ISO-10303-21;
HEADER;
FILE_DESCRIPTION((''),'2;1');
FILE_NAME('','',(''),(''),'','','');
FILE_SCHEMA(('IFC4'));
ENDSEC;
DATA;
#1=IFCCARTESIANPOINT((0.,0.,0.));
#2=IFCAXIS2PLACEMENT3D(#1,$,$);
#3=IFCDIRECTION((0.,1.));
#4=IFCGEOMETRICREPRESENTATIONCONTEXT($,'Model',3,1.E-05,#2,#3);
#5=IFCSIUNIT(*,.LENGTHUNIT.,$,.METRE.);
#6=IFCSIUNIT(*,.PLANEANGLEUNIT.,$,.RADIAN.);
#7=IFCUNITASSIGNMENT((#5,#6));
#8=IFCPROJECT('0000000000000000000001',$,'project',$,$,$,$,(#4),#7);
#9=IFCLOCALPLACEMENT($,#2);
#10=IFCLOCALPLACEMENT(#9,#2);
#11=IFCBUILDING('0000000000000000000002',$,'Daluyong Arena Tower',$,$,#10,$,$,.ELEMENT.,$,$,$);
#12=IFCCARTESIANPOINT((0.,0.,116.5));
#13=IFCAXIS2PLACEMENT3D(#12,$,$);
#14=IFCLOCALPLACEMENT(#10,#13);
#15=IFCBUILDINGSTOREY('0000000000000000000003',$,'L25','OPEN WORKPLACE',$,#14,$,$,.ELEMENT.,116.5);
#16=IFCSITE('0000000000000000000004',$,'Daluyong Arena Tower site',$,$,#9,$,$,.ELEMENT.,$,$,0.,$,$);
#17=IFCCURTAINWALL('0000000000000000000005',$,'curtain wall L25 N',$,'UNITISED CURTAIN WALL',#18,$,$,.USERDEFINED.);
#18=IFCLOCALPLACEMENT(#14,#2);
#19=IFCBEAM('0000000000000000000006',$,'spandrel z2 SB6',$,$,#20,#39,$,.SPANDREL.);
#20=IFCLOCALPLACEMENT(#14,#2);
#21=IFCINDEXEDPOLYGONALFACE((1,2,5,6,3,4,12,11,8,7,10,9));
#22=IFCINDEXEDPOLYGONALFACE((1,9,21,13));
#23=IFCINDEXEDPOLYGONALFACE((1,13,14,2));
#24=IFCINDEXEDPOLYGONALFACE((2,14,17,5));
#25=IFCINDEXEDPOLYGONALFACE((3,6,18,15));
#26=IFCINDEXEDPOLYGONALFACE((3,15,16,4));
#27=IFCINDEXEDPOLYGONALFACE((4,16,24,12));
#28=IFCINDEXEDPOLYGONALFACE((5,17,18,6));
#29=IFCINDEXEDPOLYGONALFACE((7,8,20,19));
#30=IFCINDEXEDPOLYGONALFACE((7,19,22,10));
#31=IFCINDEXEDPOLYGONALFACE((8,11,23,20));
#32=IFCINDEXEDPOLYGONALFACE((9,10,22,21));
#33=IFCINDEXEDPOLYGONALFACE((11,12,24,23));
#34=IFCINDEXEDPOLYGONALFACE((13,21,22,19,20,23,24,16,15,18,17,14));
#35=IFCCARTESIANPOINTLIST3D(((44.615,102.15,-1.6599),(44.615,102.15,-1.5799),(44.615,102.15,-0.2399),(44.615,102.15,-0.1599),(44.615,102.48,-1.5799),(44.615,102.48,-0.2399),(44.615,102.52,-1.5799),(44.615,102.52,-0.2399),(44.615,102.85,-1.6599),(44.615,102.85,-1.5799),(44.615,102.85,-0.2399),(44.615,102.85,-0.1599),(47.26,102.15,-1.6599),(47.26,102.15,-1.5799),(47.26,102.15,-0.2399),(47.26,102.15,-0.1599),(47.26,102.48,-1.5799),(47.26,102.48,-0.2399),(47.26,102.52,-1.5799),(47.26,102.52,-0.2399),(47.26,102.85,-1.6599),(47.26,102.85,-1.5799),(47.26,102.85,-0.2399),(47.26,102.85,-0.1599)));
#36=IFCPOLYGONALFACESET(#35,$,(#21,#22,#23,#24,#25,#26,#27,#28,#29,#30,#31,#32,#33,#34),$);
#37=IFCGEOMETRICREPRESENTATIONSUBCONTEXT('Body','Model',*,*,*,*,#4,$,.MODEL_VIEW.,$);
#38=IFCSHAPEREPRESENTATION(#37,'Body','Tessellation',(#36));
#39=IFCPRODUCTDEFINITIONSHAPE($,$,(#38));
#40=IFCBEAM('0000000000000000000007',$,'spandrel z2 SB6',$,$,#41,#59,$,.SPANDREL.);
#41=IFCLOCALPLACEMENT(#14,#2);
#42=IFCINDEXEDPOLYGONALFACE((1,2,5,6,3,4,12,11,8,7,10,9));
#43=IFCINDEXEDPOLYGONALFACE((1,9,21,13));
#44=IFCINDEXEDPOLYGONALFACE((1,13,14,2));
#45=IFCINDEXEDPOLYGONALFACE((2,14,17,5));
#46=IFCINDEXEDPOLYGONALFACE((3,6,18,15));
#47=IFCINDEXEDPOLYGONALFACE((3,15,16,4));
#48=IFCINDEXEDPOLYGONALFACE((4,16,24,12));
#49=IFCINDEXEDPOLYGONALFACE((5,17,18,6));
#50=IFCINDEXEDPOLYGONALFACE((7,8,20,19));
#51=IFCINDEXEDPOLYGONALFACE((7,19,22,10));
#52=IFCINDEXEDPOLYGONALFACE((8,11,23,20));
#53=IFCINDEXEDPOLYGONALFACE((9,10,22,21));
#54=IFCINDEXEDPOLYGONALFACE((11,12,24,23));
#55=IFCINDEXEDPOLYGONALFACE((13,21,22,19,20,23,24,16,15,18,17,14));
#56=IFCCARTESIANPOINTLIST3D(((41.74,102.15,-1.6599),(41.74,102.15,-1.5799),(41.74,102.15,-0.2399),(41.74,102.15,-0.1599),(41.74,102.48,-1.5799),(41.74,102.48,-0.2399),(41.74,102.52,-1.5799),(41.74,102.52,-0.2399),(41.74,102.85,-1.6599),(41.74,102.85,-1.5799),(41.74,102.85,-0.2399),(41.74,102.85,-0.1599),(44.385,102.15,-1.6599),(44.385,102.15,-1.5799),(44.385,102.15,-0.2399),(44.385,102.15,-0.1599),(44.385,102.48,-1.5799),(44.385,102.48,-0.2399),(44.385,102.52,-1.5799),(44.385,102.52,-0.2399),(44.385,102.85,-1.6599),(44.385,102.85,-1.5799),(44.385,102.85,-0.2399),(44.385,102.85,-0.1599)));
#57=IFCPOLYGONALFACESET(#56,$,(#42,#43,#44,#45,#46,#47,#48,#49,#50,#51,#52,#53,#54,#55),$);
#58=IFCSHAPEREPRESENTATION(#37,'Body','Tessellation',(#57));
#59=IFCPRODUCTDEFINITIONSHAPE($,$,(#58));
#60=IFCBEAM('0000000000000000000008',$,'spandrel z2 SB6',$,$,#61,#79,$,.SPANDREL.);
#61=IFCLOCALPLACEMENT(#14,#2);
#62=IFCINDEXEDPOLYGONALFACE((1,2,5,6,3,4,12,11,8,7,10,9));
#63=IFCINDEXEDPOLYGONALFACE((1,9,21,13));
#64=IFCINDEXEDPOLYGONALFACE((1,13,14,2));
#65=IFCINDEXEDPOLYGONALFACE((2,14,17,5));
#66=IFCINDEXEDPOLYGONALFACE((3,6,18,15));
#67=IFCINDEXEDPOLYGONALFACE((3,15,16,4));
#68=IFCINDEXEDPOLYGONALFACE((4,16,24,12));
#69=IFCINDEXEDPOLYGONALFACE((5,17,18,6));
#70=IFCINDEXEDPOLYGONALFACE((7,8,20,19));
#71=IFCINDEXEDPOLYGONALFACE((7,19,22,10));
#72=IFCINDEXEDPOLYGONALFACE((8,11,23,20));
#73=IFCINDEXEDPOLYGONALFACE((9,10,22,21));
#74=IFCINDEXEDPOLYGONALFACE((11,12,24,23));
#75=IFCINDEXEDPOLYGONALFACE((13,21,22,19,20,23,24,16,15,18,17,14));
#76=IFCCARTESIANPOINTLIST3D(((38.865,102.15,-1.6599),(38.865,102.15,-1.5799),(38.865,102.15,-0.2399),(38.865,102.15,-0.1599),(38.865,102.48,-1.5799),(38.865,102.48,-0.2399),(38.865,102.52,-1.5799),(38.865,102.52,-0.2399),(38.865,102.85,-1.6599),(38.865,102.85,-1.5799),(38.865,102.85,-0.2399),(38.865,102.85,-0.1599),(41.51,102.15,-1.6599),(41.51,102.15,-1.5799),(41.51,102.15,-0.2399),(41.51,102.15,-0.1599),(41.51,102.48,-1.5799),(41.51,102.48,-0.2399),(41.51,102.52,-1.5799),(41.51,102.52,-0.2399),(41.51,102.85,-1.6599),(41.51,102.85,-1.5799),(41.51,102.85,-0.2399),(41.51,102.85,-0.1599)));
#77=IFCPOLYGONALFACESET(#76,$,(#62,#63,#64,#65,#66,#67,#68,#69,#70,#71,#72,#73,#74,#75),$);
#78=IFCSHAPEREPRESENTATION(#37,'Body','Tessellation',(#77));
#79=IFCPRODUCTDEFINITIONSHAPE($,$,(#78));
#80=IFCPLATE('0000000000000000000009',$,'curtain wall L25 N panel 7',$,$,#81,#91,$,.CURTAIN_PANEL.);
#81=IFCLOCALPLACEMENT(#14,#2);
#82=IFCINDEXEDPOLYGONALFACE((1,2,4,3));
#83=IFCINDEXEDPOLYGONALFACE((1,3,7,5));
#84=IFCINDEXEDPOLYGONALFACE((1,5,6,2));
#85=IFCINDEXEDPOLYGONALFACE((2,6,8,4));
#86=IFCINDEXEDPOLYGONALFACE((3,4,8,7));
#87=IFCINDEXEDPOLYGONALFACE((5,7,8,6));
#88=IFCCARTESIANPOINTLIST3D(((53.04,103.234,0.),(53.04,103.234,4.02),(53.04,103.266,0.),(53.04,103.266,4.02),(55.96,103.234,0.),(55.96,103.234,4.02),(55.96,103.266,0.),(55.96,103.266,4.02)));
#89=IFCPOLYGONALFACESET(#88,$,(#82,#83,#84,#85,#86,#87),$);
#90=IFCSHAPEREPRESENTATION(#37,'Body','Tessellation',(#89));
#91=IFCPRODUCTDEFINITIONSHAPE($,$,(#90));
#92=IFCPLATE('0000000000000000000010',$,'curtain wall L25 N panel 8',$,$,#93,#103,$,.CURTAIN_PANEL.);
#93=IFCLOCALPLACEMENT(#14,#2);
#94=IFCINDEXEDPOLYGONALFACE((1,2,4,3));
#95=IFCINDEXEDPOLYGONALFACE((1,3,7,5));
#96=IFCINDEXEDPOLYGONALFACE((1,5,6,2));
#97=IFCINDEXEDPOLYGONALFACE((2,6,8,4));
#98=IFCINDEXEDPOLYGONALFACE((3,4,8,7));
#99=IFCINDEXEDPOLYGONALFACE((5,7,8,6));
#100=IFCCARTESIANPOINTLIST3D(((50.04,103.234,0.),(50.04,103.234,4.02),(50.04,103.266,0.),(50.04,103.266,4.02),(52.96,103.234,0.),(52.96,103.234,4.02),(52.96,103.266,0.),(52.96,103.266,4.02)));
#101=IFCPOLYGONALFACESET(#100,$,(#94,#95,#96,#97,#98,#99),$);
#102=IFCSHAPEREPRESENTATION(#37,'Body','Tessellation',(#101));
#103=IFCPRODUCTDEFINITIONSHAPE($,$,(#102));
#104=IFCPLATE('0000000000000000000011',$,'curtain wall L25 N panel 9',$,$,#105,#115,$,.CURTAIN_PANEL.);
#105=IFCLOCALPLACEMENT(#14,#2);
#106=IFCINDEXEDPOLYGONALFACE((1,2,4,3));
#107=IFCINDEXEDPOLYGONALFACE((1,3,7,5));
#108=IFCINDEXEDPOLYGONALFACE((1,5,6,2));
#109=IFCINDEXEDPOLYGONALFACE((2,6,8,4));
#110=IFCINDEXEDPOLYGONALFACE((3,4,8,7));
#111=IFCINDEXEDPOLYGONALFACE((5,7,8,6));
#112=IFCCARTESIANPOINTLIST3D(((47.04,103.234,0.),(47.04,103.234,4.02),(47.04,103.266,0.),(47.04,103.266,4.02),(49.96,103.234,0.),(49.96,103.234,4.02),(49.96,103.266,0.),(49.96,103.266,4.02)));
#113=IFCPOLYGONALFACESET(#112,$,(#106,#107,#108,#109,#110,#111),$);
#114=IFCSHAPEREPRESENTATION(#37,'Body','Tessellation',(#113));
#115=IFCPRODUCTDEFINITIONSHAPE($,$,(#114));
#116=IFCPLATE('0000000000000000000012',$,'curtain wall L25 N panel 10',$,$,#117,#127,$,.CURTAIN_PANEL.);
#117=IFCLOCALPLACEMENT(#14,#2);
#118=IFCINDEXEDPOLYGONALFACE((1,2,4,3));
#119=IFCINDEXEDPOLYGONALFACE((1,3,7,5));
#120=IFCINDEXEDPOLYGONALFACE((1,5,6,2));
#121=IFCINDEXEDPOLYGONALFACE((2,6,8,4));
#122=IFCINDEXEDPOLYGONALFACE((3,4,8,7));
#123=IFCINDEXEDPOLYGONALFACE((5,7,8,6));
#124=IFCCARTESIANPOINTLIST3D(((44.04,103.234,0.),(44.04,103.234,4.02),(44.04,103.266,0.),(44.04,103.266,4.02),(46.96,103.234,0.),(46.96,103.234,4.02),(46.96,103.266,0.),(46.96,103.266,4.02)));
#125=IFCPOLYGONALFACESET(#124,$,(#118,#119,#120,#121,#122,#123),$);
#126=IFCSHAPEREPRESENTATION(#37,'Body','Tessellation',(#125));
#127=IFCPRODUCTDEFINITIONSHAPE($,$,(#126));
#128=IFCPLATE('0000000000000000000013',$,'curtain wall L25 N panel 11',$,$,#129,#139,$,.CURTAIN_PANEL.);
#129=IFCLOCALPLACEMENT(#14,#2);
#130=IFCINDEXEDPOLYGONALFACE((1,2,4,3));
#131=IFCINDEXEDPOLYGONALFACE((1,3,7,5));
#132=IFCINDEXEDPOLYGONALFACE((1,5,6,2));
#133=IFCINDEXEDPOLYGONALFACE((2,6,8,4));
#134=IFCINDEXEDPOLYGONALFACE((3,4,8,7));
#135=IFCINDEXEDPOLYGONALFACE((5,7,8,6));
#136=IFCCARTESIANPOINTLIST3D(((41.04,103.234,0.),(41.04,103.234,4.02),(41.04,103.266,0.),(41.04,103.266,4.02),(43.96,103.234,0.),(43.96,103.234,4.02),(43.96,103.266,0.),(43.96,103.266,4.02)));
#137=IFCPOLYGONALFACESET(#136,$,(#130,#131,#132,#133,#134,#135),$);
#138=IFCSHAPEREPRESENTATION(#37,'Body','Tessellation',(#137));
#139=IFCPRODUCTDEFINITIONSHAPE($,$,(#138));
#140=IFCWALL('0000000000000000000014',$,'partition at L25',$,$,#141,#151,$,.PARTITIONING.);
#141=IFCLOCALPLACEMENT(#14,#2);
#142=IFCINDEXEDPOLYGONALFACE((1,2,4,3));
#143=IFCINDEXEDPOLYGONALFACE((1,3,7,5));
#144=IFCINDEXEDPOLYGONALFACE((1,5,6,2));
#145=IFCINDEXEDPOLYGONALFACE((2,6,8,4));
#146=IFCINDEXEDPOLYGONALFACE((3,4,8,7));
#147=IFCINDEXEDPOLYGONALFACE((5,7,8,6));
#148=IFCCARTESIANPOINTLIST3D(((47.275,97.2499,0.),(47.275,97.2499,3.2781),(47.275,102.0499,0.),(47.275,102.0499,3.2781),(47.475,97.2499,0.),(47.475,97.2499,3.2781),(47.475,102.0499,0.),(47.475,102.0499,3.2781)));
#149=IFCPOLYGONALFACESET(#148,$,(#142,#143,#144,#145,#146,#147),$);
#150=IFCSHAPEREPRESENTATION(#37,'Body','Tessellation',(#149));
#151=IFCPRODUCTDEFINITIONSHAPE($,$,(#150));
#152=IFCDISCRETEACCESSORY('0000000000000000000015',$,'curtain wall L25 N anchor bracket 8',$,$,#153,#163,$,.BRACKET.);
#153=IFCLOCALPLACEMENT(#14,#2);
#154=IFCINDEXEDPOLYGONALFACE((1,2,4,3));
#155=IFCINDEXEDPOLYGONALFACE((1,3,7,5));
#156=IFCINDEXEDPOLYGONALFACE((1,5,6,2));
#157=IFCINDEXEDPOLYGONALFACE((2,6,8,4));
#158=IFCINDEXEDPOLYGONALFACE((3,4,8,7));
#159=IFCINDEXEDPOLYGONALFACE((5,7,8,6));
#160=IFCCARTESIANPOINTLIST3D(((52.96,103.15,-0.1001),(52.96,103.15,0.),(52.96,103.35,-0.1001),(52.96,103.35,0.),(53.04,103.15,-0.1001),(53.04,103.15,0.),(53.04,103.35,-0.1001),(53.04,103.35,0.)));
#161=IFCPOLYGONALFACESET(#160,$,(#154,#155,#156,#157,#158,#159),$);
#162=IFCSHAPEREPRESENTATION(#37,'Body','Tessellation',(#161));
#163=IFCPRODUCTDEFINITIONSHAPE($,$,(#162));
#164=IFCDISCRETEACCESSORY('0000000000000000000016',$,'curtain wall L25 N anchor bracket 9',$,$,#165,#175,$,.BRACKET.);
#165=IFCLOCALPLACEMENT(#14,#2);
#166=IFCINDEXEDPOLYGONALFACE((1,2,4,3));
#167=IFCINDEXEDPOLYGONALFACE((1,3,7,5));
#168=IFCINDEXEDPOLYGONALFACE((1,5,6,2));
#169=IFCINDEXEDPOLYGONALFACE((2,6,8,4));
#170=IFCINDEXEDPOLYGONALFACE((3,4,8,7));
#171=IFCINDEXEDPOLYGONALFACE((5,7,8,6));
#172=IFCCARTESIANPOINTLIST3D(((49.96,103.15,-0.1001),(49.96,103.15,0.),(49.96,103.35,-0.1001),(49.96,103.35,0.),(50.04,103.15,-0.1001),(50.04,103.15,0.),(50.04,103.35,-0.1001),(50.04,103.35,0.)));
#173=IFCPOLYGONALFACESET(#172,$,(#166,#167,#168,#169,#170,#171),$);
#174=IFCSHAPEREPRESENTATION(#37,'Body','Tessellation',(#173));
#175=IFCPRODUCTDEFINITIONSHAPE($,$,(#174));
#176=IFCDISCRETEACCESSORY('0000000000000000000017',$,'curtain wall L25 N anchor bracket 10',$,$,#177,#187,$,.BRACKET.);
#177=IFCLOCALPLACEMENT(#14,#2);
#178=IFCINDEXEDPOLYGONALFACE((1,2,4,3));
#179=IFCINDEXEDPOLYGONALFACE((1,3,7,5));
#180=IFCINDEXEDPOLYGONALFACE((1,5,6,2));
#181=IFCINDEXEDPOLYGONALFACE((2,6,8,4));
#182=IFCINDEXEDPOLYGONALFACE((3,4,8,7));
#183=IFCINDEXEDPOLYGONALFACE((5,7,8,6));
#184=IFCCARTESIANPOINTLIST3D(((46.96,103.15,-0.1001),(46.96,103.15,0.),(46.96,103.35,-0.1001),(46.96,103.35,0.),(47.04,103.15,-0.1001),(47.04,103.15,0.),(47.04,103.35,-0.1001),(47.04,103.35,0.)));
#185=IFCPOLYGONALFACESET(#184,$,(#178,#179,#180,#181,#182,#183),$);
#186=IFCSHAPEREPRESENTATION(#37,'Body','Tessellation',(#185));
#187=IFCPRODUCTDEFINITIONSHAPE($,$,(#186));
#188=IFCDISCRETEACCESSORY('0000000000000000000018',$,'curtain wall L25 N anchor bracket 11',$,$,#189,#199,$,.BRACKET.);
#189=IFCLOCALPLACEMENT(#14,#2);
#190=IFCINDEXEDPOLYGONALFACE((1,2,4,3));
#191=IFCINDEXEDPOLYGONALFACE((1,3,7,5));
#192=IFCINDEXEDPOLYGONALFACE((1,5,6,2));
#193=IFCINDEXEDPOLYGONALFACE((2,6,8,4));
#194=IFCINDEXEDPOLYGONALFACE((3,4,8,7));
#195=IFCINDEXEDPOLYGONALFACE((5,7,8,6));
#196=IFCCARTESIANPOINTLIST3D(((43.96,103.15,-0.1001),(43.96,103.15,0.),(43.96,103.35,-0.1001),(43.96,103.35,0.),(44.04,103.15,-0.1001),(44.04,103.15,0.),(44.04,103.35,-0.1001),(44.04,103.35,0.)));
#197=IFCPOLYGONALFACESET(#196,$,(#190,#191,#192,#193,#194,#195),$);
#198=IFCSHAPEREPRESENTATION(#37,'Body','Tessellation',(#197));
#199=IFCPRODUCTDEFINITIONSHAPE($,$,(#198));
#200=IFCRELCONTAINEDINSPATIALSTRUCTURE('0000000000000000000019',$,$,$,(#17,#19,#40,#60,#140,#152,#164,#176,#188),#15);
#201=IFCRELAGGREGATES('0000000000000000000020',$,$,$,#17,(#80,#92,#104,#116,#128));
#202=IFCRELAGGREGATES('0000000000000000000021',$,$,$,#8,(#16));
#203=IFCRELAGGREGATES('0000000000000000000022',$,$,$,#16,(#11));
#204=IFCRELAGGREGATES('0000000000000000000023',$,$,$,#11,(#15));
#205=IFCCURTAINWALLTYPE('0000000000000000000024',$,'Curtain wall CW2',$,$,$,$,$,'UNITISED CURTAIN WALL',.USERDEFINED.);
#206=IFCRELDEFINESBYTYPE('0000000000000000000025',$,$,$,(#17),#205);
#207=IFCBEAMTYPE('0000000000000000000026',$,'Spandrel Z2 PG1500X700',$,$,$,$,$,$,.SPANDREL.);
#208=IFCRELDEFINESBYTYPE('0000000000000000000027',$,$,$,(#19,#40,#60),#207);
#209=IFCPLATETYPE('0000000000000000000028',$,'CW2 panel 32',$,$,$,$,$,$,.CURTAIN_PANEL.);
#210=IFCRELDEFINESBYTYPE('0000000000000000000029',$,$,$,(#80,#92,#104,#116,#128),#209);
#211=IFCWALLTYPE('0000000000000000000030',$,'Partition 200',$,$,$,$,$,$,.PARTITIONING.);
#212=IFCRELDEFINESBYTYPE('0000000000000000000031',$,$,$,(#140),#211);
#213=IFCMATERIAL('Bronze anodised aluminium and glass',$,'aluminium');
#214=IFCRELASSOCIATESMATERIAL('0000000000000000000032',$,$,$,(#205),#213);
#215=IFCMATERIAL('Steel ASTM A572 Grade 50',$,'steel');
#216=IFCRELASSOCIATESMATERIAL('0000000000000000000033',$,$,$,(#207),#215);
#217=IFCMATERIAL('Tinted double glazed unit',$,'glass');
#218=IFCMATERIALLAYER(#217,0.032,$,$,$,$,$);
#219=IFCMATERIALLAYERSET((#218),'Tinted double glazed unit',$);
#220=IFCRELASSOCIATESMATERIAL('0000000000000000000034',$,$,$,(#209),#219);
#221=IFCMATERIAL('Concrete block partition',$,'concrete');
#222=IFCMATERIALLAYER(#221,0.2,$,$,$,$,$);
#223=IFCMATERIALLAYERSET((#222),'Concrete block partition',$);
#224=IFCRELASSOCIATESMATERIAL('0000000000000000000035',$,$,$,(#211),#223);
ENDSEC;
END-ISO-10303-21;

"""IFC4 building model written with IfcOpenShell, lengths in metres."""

from ifc_helpers import new_model, si_unit, direction, frame, frame_2d, origin, origin_2d, place, context, subcontext, project, spatial, rectangle, i_section, extrude, material, layer, layer_set, material_profile, profile_set, type_object, element, aggregate, save


model = new_model("IFC4")

# Units and contexts
model_context = context("Model", 3, precision=1e-05, world=origin(), true_north=direction((0.0, 1.0)))
body_context = subcontext(model_context, "Body", "Model", "MODEL_VIEW")
ifc_project = project(units=[si_unit("LENGTHUNIT", "METRE"), si_unit("PLANEANGLEUNIT", "RADIAN")], contexts=[model_context])

# Site, building, storey
site_placement = place(None, origin())
site = spatial("IfcSite", under=ifc_project, at=site_placement, Name="Daluyong Arena Tower site", CompositionType="ELEMENT", RefElevation=0.0)
building_placement = place(site_placement, origin())
building = spatial("IfcBuilding", under=site, at=building_placement, Name="Daluyong Arena Tower", CompositionType="ELEMENT")
storey_placement = place(building_placement, frame((0.0, 0.0, 116.5)))
storey = spatial("IfcBuildingStorey", under=building, at=storey_placement, Name="L25", Description="OPEN WORKPLACE", CompositionType="ELEMENT", Elevation=116.5)

# Curtain wall
ifc_material_1 = material(Name="Bronze anodised aluminium and glass", Category="aluminium")
curtain_wall_type = type_object("IfcCurtainWallType", Name="Curtain wall CW2", ElementType="UNITISED CURTAIN WALL", PredefinedType="USERDEFINED", material=ifc_material_1)
curtain_wall_placement = place(storey_placement, origin())
curtain_wall = element("IfcCurtainWall", 1, at=curtain_wall_placement, inside=storey, type_object=curtain_wall_type, Name="curtain wall L25 N", ObjectType="UNITISED CURTAIN WALL", PredefinedType="USERDEFINED")

# Beams
ifc_material_2 = material(Name="Steel ASTM A572 Grade 50", Category="steel")
ifc_material_profile_1 = material_profile(ifc_material_2, i_section(OverallWidth=0.7, OverallDepth=1.5, WebThickness=0.04, FlangeThickness=0.08, at=origin_2d()))
ifc_profile_set_1 = profile_set([ifc_material_profile_1], Name="Steel ASTM A572 Grade 50")
beam_type_1 = type_object("IfcBeamType", Name="Spandrel Z2 PG1500X700", PredefinedType="SPANDREL", material=ifc_profile_set_1)
for number, where, z_axis, x_axis, name in (
    (2, (47.26, 102.5, -0.9099), (-1.0, 0.0, 0.0), (0.0, -1.0, 0.0), "spandrel z2 SB6"),
    (3, (44.385, 102.5, -0.9099), (-1.0, 0.0, 0.0), (0.0, -1.0, 0.0), "spandrel z2 SB6"),
    (4, (41.51, 102.5, -0.9099), (-1.0, 0.0, 0.0), (0.0, -1.0, 0.0), "spandrel z2 SB6"),
):
    element("IfcBeam", number, at=place(storey_placement, frame(where, z_axis=z_axis, x_axis=x_axis)), inside=storey, type_object=beam_type_1, Name=name, PredefinedType="SPANDREL", context=body_context, shape_type="SweptSolid", body=[
        extrude(i_section(OverallWidth=0.7, OverallDepth=1.5, WebThickness=0.04, FlangeThickness=0.08, at=origin_2d()), origin(), (0.0, 0.0, 1.0), 2.645),
    ])

# Plates
ifc_material_3 = material(Name="Tinted double glazed unit", Category="glass")
ifc_layer_1 = layer(ifc_material_3, 0.032)
ifc_layer_set_1 = layer_set([ifc_layer_1], Name="Tinted double glazed unit")
plate_type = type_object("IfcPlateType", Name="CW2 panel 32", PredefinedType="CURTAIN_PANEL", material=ifc_layer_set_1)
plate_1_placement = place(storey_placement, frame((54.5, 103.25, 0.0), z_axis=(0.0, 0.0, 1.0), x_axis=(-1.0, 0.0, 0.0)))
plate_1 = element("IfcPlate", 5, at=plate_1_placement, type_object=plate_type, Name="curtain wall L25 N panel 7", PredefinedType="CURTAIN_PANEL", context=body_context, shape_type="SweptSolid", body=[
    extrude(rectangle(XDim=2.9199, YDim=0.032, at=origin_2d()), origin(), (0.0, 0.0, 1.0), 4.02),
])
plate_2_placement = place(storey_placement, frame((51.5, 103.25, 0.0), z_axis=(0.0, 0.0, 1.0), x_axis=(-1.0, 0.0, 0.0)))
plate_2 = element("IfcPlate", 6, at=plate_2_placement, type_object=plate_type, Name="curtain wall L25 N panel 8", PredefinedType="CURTAIN_PANEL", context=body_context, shape_type="SweptSolid", body=[
    extrude(rectangle(XDim=2.9199, YDim=0.032, at=origin_2d()), origin(), (0.0, 0.0, 1.0), 4.02),
])
plate_3_placement = place(storey_placement, frame((48.5, 103.25, 0.0), z_axis=(0.0, 0.0, 1.0), x_axis=(-1.0, 0.0, 0.0)))
plate_3 = element("IfcPlate", 7, at=plate_3_placement, type_object=plate_type, Name="curtain wall L25 N panel 9", PredefinedType="CURTAIN_PANEL", context=body_context, shape_type="SweptSolid", body=[
    extrude(rectangle(XDim=2.9199, YDim=0.032, at=origin_2d()), origin(), (0.0, 0.0, 1.0), 4.02),
])
plate_4_placement = place(storey_placement, frame((45.5, 103.25, 0.0), z_axis=(0.0, 0.0, 1.0), x_axis=(-1.0, 0.0, 0.0)))
plate_4 = element("IfcPlate", 8, at=plate_4_placement, type_object=plate_type, Name="curtain wall L25 N panel 10", PredefinedType="CURTAIN_PANEL", context=body_context, shape_type="SweptSolid", body=[
    extrude(rectangle(XDim=2.9199, YDim=0.032, at=origin_2d()), origin(), (0.0, 0.0, 1.0), 4.02),
])
plate_5_placement = place(storey_placement, frame((42.5, 103.25, 0.0), z_axis=(0.0, 0.0, 1.0), x_axis=(-1.0, 0.0, 0.0)))
plate_5 = element("IfcPlate", 9, at=plate_5_placement, type_object=plate_type, Name="curtain wall L25 N panel 11", PredefinedType="CURTAIN_PANEL", context=body_context, shape_type="SweptSolid", body=[
    extrude(rectangle(XDim=2.9199, YDim=0.032, at=origin_2d()), origin(), (0.0, 0.0, 1.0), 4.02),
])
aggregate(curtain_wall, [plate_1, plate_2, plate_3, plate_4, plate_5])

# Wall
ifc_material_4 = material(Name="Concrete block partition", Category="concrete")
ifc_layer_2 = layer(ifc_material_4, 0.2)
ifc_layer_set_2 = layer_set([ifc_layer_2], Name="Concrete block partition")
wall_type = type_object("IfcWallType", Name="Partition 200", PredefinedType="PARTITIONING", material=ifc_layer_set_2)
wall_placement = place(storey_placement, frame((47.375, 97.25, 0.0), z_axis=(0.0, 0.0, 1.0), x_axis=(0.0, 1.0, 0.0)))
element("IfcWall", 10, at=wall_placement, inside=storey, type_object=wall_type, Name="partition at L25", PredefinedType="PARTITIONING", context=body_context, shape_type="SweptSolid", body=[
    extrude(rectangle(XDim=4.8, YDim=0.2, at=frame_2d((2.3999, 0.0))), origin(), (0.0, 0.0, 1.0), 3.2781),
])

# Discrete accessories
for number, where, z_axis, x_axis, name in (
    (11, (53.0, 103.25, -0.1001), (0.0, 0.0, 1.0), (-1.0, 0.0, 0.0), "curtain wall L25 N anchor bracket 8"),
    (12, (50.0, 103.25, -0.1001), (0.0, 0.0, 1.0), (-1.0, 0.0, 0.0), "curtain wall L25 N anchor bracket 9"),
    (13, (47.0, 103.25, -0.1001), (0.0, 0.0, 1.0), (-1.0, 0.0, 0.0), "curtain wall L25 N anchor bracket 10"),
    (14, (44.0, 103.25, -0.1001), (0.0, 0.0, 1.0), (-1.0, 0.0, 0.0), "curtain wall L25 N anchor bracket 11"),
):
    element("IfcDiscreteAccessory", number, at=place(storey_placement, frame(where, z_axis=z_axis, x_axis=x_axis)), inside=storey, Name=name, PredefinedType="BRACKET", context=body_context, shape_type="SweptSolid", body=[
        extrude(rectangle(XDim=0.0801, YDim=0.2, at=origin_2d()), origin(), (0.0, 0.0, 1.0), 0.1001),
    ])

save(model, "model.ifc")
